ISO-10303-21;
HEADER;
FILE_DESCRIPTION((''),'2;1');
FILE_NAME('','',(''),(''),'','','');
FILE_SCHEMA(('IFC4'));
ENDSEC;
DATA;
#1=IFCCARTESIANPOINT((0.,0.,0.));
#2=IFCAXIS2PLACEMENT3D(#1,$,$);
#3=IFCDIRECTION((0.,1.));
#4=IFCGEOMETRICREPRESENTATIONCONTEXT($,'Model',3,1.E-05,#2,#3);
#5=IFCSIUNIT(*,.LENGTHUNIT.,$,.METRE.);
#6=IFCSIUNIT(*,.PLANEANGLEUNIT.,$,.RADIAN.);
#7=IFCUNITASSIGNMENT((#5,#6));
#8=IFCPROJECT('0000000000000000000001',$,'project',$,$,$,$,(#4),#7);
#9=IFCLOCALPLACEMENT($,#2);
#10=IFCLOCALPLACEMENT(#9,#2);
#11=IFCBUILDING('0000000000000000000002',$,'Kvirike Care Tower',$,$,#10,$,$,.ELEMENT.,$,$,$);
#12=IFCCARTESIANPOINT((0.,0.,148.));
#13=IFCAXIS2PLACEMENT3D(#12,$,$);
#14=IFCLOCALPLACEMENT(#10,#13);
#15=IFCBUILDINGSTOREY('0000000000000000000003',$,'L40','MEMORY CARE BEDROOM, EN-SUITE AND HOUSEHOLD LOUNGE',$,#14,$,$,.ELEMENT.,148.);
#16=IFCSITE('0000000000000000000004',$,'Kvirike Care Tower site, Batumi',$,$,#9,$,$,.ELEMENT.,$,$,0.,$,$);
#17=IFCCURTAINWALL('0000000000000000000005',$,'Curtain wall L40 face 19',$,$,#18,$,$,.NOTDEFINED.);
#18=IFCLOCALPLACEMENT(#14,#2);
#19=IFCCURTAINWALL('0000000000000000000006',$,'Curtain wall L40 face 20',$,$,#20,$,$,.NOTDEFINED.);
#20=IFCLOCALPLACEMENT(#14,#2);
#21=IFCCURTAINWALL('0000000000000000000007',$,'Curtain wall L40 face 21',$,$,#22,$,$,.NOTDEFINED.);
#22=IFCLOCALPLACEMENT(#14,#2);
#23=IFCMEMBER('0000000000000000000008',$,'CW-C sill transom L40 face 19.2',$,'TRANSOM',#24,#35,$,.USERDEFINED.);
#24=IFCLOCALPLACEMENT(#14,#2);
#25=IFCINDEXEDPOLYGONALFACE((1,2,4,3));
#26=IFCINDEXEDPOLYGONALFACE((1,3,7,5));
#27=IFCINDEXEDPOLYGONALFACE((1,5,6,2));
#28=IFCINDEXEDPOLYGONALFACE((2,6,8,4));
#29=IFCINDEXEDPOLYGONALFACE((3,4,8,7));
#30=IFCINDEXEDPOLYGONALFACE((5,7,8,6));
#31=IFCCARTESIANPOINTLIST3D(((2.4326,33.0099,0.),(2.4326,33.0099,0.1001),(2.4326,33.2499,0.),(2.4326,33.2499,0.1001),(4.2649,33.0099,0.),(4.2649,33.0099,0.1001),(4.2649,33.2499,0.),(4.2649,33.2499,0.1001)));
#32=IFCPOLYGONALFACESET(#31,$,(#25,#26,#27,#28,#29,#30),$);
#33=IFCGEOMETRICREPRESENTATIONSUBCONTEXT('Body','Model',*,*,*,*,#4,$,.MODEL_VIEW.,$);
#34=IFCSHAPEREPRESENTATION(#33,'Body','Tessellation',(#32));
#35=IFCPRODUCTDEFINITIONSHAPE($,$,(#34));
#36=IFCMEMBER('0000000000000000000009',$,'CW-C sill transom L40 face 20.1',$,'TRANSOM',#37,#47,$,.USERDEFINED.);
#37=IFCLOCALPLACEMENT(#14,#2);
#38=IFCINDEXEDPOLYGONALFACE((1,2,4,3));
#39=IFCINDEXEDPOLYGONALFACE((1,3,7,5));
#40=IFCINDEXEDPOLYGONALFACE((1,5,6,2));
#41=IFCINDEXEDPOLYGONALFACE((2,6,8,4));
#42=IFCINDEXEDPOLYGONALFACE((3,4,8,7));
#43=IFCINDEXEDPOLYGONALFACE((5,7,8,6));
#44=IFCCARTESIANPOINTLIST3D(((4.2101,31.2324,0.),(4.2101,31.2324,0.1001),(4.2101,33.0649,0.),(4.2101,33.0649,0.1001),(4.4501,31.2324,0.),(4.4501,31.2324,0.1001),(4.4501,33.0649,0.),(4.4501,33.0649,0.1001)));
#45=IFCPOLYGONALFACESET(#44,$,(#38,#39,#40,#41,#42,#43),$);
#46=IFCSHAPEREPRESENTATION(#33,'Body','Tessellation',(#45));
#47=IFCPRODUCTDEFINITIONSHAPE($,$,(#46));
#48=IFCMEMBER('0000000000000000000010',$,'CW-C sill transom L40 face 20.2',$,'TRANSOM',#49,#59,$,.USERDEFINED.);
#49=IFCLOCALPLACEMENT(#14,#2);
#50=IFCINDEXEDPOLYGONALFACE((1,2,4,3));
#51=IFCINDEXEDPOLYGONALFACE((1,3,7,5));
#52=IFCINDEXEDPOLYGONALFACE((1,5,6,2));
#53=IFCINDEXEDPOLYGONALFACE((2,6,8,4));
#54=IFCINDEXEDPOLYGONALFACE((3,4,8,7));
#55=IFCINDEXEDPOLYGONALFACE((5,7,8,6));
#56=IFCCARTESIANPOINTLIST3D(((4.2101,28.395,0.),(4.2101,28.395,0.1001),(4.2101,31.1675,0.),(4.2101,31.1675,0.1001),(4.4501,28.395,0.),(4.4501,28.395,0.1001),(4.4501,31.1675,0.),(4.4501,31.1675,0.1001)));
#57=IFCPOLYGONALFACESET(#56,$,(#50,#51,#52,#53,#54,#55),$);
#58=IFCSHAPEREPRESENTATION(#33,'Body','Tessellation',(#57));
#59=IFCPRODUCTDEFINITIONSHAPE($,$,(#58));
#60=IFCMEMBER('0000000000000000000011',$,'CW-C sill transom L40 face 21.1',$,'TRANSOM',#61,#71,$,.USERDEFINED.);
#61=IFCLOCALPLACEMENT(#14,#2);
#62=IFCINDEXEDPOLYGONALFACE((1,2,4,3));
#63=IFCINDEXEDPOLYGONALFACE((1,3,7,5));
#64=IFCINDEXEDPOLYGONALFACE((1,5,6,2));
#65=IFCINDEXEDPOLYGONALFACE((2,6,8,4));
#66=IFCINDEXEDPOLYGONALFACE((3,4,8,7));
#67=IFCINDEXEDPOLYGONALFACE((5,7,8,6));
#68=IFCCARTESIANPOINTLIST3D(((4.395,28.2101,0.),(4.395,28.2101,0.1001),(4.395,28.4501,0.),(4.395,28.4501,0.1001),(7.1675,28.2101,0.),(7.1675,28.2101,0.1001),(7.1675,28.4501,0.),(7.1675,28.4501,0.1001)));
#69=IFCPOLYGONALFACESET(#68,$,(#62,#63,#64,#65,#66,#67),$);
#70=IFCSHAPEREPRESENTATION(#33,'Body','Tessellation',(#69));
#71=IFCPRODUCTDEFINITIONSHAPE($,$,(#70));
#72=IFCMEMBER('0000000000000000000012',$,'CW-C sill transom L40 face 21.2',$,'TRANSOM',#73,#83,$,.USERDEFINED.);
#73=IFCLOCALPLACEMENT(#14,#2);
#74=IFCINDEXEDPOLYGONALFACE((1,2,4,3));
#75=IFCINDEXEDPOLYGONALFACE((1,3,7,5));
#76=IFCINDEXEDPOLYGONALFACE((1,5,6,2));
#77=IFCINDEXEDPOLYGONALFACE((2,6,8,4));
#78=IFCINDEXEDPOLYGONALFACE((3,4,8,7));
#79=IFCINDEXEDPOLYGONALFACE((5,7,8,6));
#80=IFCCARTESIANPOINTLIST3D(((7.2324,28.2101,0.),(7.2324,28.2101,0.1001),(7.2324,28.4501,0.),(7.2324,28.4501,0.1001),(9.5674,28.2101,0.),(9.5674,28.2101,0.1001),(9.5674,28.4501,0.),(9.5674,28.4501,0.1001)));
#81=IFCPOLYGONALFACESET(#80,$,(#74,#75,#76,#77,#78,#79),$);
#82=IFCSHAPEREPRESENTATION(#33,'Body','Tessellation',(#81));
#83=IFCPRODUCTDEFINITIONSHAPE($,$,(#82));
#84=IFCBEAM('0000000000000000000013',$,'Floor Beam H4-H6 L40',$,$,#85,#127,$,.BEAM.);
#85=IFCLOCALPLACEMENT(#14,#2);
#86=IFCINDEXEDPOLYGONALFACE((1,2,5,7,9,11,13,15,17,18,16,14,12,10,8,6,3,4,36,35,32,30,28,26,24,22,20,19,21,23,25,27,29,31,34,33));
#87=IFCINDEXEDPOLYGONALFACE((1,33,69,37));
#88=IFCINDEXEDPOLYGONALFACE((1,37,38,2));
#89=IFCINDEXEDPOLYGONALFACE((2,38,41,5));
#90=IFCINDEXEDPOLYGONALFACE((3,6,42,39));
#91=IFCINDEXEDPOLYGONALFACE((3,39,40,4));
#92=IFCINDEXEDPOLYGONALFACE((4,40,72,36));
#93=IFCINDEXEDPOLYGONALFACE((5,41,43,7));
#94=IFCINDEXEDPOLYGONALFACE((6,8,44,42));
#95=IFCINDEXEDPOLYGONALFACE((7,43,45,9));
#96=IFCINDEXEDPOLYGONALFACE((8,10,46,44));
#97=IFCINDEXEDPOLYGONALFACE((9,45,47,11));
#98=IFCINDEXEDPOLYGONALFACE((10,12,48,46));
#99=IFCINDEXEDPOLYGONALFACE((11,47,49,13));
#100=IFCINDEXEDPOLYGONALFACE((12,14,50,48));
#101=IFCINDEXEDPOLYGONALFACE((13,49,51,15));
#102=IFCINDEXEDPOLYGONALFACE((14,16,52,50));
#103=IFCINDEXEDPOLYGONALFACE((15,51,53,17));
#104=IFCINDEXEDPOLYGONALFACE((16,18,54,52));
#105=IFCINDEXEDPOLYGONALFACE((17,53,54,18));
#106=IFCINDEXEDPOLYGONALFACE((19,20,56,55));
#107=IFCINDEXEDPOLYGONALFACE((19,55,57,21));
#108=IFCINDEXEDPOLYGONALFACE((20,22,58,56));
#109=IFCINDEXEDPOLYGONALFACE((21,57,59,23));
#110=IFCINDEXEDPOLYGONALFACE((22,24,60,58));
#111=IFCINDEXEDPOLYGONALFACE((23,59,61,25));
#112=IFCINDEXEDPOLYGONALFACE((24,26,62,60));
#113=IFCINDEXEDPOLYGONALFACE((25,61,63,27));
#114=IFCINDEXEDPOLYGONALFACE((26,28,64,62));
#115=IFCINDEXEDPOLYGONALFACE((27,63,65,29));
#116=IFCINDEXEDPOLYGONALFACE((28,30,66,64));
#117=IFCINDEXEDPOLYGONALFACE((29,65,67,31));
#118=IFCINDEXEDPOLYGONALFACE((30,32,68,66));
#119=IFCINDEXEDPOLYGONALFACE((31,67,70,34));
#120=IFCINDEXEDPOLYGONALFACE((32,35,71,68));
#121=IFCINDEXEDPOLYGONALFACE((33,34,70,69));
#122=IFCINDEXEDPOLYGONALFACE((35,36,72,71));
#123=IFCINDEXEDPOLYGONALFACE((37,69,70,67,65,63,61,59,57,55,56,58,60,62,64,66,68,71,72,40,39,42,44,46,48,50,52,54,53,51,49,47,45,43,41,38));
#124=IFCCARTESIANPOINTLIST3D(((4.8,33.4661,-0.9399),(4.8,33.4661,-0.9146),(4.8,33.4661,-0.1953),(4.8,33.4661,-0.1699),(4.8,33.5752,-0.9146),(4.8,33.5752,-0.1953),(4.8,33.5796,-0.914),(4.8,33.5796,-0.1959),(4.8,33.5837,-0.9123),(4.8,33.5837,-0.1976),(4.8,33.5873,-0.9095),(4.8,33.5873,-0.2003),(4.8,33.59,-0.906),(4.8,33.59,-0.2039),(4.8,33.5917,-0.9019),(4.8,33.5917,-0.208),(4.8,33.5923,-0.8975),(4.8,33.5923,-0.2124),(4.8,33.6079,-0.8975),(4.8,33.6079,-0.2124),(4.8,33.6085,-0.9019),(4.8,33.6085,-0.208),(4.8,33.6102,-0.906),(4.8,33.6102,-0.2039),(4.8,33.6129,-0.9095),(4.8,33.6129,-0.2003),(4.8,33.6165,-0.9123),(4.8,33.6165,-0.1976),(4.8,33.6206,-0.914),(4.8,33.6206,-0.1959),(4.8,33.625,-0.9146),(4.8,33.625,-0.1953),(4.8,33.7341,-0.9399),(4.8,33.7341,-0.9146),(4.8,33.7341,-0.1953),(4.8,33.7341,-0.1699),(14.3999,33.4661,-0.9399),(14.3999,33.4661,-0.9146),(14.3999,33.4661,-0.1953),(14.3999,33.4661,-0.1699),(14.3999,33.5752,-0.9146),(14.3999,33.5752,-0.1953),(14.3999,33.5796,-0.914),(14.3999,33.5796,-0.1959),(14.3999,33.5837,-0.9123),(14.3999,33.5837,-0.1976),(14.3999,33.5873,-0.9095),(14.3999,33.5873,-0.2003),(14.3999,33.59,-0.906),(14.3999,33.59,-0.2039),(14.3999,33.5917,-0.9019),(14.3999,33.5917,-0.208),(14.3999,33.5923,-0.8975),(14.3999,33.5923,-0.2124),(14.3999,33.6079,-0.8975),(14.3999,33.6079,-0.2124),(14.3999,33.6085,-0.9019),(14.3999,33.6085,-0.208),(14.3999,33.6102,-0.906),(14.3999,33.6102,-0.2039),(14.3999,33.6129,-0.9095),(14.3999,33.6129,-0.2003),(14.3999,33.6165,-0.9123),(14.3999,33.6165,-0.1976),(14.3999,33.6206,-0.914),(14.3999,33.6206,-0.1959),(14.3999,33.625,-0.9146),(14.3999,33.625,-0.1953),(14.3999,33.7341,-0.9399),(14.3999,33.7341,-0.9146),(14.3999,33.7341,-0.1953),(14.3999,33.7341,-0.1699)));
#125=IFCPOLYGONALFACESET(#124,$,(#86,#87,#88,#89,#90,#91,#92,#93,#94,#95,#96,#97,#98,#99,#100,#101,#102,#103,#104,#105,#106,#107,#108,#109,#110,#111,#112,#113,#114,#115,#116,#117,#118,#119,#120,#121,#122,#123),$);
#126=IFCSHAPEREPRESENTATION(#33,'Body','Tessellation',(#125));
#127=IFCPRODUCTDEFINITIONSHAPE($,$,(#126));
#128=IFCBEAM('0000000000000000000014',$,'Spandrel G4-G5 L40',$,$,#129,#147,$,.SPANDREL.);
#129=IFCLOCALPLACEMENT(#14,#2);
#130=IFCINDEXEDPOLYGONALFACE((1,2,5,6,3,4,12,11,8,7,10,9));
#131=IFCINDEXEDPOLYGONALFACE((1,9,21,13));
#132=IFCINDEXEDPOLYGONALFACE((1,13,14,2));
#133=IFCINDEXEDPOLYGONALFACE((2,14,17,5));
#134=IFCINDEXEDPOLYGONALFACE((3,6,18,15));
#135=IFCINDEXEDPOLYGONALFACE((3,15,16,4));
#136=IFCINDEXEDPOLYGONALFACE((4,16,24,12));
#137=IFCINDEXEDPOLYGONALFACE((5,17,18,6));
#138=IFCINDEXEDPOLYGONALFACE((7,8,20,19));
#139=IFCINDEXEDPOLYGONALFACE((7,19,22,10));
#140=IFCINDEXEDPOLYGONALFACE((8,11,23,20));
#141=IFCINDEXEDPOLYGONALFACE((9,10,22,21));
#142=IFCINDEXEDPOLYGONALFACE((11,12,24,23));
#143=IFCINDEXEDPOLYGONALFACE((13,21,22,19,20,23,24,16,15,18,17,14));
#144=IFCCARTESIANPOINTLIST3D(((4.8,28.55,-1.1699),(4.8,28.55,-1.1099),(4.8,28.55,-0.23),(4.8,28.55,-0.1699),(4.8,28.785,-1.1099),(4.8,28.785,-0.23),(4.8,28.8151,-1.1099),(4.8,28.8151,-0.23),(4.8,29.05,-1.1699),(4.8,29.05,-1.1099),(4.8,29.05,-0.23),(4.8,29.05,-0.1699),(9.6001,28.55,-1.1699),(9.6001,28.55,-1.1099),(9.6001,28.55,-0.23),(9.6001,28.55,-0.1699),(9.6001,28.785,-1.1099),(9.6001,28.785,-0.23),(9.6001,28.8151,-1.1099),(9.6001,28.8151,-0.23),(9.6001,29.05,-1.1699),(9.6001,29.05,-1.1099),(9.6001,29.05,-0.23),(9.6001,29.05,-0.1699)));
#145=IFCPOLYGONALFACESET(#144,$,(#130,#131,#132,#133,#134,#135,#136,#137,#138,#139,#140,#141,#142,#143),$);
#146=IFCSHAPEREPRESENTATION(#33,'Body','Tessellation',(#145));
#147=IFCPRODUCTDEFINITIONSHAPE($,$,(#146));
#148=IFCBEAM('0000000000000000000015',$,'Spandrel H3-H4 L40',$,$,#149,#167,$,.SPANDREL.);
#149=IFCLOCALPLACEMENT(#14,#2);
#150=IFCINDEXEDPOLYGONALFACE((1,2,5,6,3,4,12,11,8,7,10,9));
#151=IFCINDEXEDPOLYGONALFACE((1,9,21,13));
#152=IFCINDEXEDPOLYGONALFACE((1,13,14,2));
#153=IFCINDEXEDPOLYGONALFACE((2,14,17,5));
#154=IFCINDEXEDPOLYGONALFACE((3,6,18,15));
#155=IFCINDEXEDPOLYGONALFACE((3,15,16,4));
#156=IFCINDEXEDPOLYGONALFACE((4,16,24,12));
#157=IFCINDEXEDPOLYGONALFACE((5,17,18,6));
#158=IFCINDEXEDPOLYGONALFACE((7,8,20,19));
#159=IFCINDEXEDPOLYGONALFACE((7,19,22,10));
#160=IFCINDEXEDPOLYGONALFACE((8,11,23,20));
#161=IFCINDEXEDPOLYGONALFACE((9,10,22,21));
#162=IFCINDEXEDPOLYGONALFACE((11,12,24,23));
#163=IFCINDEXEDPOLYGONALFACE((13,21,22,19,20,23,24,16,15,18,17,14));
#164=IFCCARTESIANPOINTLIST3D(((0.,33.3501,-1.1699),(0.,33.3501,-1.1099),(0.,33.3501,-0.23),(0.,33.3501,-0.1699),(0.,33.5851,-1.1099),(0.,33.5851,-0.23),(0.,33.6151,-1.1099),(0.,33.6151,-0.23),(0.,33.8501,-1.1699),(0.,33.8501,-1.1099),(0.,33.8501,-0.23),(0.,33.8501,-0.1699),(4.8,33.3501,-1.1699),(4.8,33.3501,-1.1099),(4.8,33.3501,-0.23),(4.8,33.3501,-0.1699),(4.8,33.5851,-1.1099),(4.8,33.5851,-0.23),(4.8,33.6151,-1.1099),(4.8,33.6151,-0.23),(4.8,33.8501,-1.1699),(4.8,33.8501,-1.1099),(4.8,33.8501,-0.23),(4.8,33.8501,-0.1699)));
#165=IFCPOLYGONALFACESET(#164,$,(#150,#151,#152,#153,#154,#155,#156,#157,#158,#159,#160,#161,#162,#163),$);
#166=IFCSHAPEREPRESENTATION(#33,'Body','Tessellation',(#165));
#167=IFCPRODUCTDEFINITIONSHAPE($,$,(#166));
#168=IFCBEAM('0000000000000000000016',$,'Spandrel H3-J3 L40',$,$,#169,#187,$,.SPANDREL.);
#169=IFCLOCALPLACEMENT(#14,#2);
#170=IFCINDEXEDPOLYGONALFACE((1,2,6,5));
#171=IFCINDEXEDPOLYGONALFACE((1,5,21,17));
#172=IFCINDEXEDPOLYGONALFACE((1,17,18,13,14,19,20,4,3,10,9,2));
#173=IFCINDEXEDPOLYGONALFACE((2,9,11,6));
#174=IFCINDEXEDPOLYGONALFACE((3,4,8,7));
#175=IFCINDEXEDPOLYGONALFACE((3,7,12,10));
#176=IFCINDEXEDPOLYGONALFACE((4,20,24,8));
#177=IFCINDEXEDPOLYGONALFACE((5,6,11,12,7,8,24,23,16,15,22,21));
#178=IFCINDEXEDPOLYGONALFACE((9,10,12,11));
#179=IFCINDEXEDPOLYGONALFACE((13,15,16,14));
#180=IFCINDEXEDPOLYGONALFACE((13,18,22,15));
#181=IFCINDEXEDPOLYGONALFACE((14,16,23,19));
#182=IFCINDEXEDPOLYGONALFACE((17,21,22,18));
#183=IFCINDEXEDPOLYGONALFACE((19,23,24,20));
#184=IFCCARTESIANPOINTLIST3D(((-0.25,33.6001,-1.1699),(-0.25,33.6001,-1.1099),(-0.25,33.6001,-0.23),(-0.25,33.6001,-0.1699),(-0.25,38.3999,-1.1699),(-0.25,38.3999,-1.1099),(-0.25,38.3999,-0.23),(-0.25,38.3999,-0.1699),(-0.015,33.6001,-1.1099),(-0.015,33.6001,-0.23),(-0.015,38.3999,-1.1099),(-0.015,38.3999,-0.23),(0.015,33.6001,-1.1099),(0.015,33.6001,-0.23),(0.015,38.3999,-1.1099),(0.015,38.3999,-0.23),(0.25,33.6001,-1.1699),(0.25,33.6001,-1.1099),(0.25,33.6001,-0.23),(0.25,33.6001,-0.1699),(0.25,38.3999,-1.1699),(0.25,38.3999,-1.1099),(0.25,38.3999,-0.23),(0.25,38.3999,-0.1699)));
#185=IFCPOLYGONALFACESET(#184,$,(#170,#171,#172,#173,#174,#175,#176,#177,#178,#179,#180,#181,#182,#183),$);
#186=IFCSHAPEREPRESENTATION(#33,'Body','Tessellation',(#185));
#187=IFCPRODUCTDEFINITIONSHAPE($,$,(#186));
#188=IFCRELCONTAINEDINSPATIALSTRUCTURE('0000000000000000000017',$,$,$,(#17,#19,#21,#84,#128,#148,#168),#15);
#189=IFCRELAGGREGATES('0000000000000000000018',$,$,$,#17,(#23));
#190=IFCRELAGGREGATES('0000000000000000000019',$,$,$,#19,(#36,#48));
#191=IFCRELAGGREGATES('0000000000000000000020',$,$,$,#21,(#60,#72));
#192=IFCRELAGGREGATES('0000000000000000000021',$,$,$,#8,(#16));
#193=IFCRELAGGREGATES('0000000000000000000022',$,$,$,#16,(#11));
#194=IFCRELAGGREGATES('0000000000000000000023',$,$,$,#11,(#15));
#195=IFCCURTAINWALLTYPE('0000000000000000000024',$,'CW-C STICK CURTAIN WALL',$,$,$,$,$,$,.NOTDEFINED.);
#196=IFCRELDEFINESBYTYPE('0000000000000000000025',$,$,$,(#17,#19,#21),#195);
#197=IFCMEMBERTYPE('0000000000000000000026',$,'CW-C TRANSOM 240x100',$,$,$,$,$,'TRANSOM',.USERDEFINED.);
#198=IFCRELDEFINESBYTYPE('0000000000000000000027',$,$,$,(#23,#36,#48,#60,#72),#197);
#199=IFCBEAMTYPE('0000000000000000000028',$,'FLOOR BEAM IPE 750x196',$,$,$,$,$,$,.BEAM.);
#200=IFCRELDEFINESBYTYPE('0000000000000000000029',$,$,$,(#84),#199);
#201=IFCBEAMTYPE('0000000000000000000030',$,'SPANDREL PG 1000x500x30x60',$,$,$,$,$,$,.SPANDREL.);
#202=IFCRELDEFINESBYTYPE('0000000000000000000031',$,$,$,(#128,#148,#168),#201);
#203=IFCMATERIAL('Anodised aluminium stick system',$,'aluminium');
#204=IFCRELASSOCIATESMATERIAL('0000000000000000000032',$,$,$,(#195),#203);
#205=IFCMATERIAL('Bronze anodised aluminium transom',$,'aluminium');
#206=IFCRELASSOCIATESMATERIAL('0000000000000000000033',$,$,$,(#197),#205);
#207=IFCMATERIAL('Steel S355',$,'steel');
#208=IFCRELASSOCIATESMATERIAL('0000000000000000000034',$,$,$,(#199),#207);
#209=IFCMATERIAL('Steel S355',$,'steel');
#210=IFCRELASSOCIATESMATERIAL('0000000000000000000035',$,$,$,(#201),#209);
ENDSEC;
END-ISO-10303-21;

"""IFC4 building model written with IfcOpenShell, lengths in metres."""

from ifc_helpers import new_model, si_unit, direction, frame, origin, origin_2d, place, context, subcontext, project, spatial, rectangle, i_section, extrude, material, material_profile, profile_set, type_object, element, aggregate, save


model = new_model("IFC4")

# Units and contexts
model_context = context("Model", 3, precision=1e-05, world=origin(), true_north=direction((0.0, 1.0)))
body_context = subcontext(model_context, "Body", "Model", "MODEL_VIEW")
ifc_project = project(units=[si_unit("LENGTHUNIT", "METRE"), si_unit("PLANEANGLEUNIT", "RADIAN")], contexts=[model_context])

# Site, building, storey
site_placement = place(None, origin())
site = spatial("IfcSite", under=ifc_project, at=site_placement, Name="Kvirike Care Tower site, Batumi", CompositionType="ELEMENT", RefElevation=0.0)
building_placement = place(site_placement, origin())
building = spatial("IfcBuilding", under=site, at=building_placement, Name="Kvirike Care Tower", CompositionType="ELEMENT")
storey_placement = place(building_placement, frame((0.0, 0.0, 148.0)))
storey = spatial("IfcBuildingStorey", under=building, at=storey_placement, Name="L40", Description="MEMORY CARE BEDROOM, EN-SUITE AND HOUSEHOLD LOUNGE", CompositionType="ELEMENT", Elevation=148.0)

# Shared definitions
ifc_material_1 = material(Name="Anodised aluminium stick system", Category="aluminium")
curtain_wall_type = type_object("IfcCurtainWallType", Name="CW-C STICK CURTAIN WALL", PredefinedType="NOTDEFINED", material=ifc_material_1)

# Curtain walls
curtain_wall_1_placement = place(storey_placement, origin())
curtain_wall_1 = element("IfcCurtainWall", 1, at=curtain_wall_1_placement, inside=storey, type_object=curtain_wall_type, Name="Curtain wall L40 face 19", PredefinedType="NOTDEFINED")
curtain_wall_2_placement = place(storey_placement, origin())
curtain_wall_2 = element("IfcCurtainWall", 2, at=curtain_wall_2_placement, inside=storey, type_object=curtain_wall_type, Name="Curtain wall L40 face 20", PredefinedType="NOTDEFINED")
curtain_wall_3_placement = place(storey_placement, origin())
curtain_wall_3 = element("IfcCurtainWall", 3, at=curtain_wall_3_placement, inside=storey, type_object=curtain_wall_type, Name="Curtain wall L40 face 21", PredefinedType="NOTDEFINED")

# Members
ifc_material_2 = material(Name="Bronze anodised aluminium transom", Category="aluminium")
ifc_material_profile_1 = material_profile(ifc_material_2, rectangle(XDim=0.24, YDim=0.1001, at=origin_2d()), Name="CW-C TRANSOM 240x100")
ifc_profile_set_1 = profile_set([ifc_material_profile_1], Name="Bronze anodised aluminium transom")
member_type_1 = type_object("IfcMemberType", Name="CW-C TRANSOM 240x100", ElementType="TRANSOM", PredefinedType="USERDEFINED", material=ifc_profile_set_1)
member_1_placement = place(storey_placement, frame((2.4326, 33.1299, 0.05), z_axis=(1.0, 0.0, 0.0), x_axis=(0.0, 1.0, 0.0)))
member_1 = element("IfcMember", 4, at=member_1_placement, type_object=member_type_1, Name="CW-C sill transom L40 face 19.2", ObjectType="TRANSOM", PredefinedType="USERDEFINED", context=body_context, shape_type="SweptSolid", body=[
    extrude(rectangle(XDim=0.24, YDim=0.1001, at=origin_2d()), origin(), (0.0, 0.0, 1.0), 1.8323),
])
member_2_placement = place(storey_placement, frame((4.3301, 33.0649, 0.05), z_axis=(0.0, -1.0, 0.0), x_axis=(1.0, 0.0, 0.0)))
member_2 = element("IfcMember", 5, at=member_2_placement, type_object=member_type_1, Name="CW-C sill transom L40 face 20.1", ObjectType="TRANSOM", PredefinedType="USERDEFINED", context=body_context, shape_type="SweptSolid", body=[
    extrude(rectangle(XDim=0.24, YDim=0.1001, at=origin_2d()), origin(), (0.0, 0.0, 1.0), 1.8325),
])
member_3_placement = place(storey_placement, frame((4.3301, 31.1675, 0.05), z_axis=(0.0, -1.0, 0.0), x_axis=(1.0, 0.0, 0.0)))
member_3 = element("IfcMember", 6, at=member_3_placement, type_object=member_type_1, Name="CW-C sill transom L40 face 20.2", ObjectType="TRANSOM", PredefinedType="USERDEFINED", context=body_context, shape_type="SweptSolid", body=[
    extrude(rectangle(XDim=0.24, YDim=0.1001, at=origin_2d()), origin(), (0.0, 0.0, 1.0), 2.7725),
])
member_4_placement = place(storey_placement, frame((4.395, 28.3301, 0.05), z_axis=(1.0, 0.0, 0.0), x_axis=(0.0, 1.0, 0.0)))
member_4 = element("IfcMember", 7, at=member_4_placement, type_object=member_type_1, Name="CW-C sill transom L40 face 21.1", ObjectType="TRANSOM", PredefinedType="USERDEFINED", context=body_context, shape_type="SweptSolid", body=[
    extrude(rectangle(XDim=0.24, YDim=0.1001, at=origin_2d()), origin(), (0.0, 0.0, 1.0), 2.7725),
])
member_5_placement = place(storey_placement, frame((7.2324, 28.3301, 0.05), z_axis=(1.0, 0.0, 0.0), x_axis=(0.0, 1.0, 0.0)))
member_5 = element("IfcMember", 8, at=member_5_placement, type_object=member_type_1, Name="CW-C sill transom L40 face 21.2", ObjectType="TRANSOM", PredefinedType="USERDEFINED", context=body_context, shape_type="SweptSolid", body=[
    extrude(rectangle(XDim=0.24, YDim=0.1001, at=origin_2d()), origin(), (0.0, 0.0, 1.0), 2.335),
])

# Beams
ifc_material_3 = material(Name="Steel S355", Category="steel")
ifc_material_profile_2 = material_profile(ifc_material_3, i_section(OverallWidth=0.2681, OverallDepth=0.77, WebThickness=0.0156, FlangeThickness=0.0254, FilletRadius=0.0171, at=origin_2d()), Name="IPE 750x196")
ifc_profile_set_2 = profile_set([ifc_material_profile_2], Name="Steel S355")
beam_type_1 = type_object("IfcBeamType", Name="FLOOR BEAM IPE 750x196", PredefinedType="BEAM", material=ifc_profile_set_2)
beam_1_placement = place(storey_placement, frame((4.8, 33.6001, -0.5549), z_axis=(1.0, 0.0, 0.0), x_axis=(0.0, 1.0, 0.0)))
element("IfcBeam", 9, at=beam_1_placement, inside=storey, type_object=beam_type_1, Name="Floor Beam H4-H6 L40", PredefinedType="BEAM", context=body_context, shape_type="SweptSolid", body=[
    extrude(i_section(OverallWidth=0.2681, OverallDepth=0.77, WebThickness=0.0156, FlangeThickness=0.0254, FilletRadius=0.0171, at=origin_2d()), origin(), (0.0, 0.0, 1.0), 9.5999),
])
ifc_material_4 = material(Name="Steel S355", Category="steel")
ifc_material_profile_3 = material_profile(ifc_material_4, i_section(OverallWidth=0.5, OverallDepth=1.0, WebThickness=0.03, FlangeThickness=0.0601, at=origin_2d()), Name="PG 1000x500x30x60")
ifc_profile_set_3 = profile_set([ifc_material_profile_3], Name="Steel S355")
beam_type_2 = type_object("IfcBeamType", Name="SPANDREL PG 1000x500x30x60", PredefinedType="SPANDREL", material=ifc_profile_set_3)
for number, where, z_axis, x_axis, name in (
    (10, (4.8, 28.8, -0.6699), (1.0, 0.0, 0.0), (0.0, 1.0, 0.0), "Spandrel G4-G5 L40"),
    (11, (0.0, 33.6001, -0.6699), (1.0, 0.0, 0.0), (0.0, 1.0, 0.0), "Spandrel H3-H4 L40"),
):
    element("IfcBeam", number, at=place(storey_placement, frame(where, z_axis=z_axis, x_axis=x_axis)), inside=storey, type_object=beam_type_2, Name=name, PredefinedType="SPANDREL", context=body_context, shape_type="SweptSolid", body=[
        extrude(i_section(OverallWidth=0.5, OverallDepth=1.0, WebThickness=0.03, FlangeThickness=0.0601, at=origin_2d()), origin(), (0.0, 0.0, 1.0), 4.8),
    ])
beam_2_placement = place(storey_placement, frame((0.0, 33.6001, -0.6699), z_axis=(0.0, 1.0, 0.0), x_axis=(-1.0, 0.0, 0.0)))
element("IfcBeam", 12, at=beam_2_placement, inside=storey, type_object=beam_type_2, Name="Spandrel H3-J3 L40", PredefinedType="SPANDREL", context=body_context, shape_type="SweptSolid", body=[
    extrude(i_section(OverallWidth=0.5, OverallDepth=1.0, WebThickness=0.03, FlangeThickness=0.0601, at=origin_2d()), origin(), (0.0, 0.0, 1.0), 4.7998),
])

aggregate(curtain_wall_1, [member_1])
aggregate(curtain_wall_2, [member_2, member_3])
aggregate(curtain_wall_3, [member_4, member_5])

save(model, "model.ifc")
